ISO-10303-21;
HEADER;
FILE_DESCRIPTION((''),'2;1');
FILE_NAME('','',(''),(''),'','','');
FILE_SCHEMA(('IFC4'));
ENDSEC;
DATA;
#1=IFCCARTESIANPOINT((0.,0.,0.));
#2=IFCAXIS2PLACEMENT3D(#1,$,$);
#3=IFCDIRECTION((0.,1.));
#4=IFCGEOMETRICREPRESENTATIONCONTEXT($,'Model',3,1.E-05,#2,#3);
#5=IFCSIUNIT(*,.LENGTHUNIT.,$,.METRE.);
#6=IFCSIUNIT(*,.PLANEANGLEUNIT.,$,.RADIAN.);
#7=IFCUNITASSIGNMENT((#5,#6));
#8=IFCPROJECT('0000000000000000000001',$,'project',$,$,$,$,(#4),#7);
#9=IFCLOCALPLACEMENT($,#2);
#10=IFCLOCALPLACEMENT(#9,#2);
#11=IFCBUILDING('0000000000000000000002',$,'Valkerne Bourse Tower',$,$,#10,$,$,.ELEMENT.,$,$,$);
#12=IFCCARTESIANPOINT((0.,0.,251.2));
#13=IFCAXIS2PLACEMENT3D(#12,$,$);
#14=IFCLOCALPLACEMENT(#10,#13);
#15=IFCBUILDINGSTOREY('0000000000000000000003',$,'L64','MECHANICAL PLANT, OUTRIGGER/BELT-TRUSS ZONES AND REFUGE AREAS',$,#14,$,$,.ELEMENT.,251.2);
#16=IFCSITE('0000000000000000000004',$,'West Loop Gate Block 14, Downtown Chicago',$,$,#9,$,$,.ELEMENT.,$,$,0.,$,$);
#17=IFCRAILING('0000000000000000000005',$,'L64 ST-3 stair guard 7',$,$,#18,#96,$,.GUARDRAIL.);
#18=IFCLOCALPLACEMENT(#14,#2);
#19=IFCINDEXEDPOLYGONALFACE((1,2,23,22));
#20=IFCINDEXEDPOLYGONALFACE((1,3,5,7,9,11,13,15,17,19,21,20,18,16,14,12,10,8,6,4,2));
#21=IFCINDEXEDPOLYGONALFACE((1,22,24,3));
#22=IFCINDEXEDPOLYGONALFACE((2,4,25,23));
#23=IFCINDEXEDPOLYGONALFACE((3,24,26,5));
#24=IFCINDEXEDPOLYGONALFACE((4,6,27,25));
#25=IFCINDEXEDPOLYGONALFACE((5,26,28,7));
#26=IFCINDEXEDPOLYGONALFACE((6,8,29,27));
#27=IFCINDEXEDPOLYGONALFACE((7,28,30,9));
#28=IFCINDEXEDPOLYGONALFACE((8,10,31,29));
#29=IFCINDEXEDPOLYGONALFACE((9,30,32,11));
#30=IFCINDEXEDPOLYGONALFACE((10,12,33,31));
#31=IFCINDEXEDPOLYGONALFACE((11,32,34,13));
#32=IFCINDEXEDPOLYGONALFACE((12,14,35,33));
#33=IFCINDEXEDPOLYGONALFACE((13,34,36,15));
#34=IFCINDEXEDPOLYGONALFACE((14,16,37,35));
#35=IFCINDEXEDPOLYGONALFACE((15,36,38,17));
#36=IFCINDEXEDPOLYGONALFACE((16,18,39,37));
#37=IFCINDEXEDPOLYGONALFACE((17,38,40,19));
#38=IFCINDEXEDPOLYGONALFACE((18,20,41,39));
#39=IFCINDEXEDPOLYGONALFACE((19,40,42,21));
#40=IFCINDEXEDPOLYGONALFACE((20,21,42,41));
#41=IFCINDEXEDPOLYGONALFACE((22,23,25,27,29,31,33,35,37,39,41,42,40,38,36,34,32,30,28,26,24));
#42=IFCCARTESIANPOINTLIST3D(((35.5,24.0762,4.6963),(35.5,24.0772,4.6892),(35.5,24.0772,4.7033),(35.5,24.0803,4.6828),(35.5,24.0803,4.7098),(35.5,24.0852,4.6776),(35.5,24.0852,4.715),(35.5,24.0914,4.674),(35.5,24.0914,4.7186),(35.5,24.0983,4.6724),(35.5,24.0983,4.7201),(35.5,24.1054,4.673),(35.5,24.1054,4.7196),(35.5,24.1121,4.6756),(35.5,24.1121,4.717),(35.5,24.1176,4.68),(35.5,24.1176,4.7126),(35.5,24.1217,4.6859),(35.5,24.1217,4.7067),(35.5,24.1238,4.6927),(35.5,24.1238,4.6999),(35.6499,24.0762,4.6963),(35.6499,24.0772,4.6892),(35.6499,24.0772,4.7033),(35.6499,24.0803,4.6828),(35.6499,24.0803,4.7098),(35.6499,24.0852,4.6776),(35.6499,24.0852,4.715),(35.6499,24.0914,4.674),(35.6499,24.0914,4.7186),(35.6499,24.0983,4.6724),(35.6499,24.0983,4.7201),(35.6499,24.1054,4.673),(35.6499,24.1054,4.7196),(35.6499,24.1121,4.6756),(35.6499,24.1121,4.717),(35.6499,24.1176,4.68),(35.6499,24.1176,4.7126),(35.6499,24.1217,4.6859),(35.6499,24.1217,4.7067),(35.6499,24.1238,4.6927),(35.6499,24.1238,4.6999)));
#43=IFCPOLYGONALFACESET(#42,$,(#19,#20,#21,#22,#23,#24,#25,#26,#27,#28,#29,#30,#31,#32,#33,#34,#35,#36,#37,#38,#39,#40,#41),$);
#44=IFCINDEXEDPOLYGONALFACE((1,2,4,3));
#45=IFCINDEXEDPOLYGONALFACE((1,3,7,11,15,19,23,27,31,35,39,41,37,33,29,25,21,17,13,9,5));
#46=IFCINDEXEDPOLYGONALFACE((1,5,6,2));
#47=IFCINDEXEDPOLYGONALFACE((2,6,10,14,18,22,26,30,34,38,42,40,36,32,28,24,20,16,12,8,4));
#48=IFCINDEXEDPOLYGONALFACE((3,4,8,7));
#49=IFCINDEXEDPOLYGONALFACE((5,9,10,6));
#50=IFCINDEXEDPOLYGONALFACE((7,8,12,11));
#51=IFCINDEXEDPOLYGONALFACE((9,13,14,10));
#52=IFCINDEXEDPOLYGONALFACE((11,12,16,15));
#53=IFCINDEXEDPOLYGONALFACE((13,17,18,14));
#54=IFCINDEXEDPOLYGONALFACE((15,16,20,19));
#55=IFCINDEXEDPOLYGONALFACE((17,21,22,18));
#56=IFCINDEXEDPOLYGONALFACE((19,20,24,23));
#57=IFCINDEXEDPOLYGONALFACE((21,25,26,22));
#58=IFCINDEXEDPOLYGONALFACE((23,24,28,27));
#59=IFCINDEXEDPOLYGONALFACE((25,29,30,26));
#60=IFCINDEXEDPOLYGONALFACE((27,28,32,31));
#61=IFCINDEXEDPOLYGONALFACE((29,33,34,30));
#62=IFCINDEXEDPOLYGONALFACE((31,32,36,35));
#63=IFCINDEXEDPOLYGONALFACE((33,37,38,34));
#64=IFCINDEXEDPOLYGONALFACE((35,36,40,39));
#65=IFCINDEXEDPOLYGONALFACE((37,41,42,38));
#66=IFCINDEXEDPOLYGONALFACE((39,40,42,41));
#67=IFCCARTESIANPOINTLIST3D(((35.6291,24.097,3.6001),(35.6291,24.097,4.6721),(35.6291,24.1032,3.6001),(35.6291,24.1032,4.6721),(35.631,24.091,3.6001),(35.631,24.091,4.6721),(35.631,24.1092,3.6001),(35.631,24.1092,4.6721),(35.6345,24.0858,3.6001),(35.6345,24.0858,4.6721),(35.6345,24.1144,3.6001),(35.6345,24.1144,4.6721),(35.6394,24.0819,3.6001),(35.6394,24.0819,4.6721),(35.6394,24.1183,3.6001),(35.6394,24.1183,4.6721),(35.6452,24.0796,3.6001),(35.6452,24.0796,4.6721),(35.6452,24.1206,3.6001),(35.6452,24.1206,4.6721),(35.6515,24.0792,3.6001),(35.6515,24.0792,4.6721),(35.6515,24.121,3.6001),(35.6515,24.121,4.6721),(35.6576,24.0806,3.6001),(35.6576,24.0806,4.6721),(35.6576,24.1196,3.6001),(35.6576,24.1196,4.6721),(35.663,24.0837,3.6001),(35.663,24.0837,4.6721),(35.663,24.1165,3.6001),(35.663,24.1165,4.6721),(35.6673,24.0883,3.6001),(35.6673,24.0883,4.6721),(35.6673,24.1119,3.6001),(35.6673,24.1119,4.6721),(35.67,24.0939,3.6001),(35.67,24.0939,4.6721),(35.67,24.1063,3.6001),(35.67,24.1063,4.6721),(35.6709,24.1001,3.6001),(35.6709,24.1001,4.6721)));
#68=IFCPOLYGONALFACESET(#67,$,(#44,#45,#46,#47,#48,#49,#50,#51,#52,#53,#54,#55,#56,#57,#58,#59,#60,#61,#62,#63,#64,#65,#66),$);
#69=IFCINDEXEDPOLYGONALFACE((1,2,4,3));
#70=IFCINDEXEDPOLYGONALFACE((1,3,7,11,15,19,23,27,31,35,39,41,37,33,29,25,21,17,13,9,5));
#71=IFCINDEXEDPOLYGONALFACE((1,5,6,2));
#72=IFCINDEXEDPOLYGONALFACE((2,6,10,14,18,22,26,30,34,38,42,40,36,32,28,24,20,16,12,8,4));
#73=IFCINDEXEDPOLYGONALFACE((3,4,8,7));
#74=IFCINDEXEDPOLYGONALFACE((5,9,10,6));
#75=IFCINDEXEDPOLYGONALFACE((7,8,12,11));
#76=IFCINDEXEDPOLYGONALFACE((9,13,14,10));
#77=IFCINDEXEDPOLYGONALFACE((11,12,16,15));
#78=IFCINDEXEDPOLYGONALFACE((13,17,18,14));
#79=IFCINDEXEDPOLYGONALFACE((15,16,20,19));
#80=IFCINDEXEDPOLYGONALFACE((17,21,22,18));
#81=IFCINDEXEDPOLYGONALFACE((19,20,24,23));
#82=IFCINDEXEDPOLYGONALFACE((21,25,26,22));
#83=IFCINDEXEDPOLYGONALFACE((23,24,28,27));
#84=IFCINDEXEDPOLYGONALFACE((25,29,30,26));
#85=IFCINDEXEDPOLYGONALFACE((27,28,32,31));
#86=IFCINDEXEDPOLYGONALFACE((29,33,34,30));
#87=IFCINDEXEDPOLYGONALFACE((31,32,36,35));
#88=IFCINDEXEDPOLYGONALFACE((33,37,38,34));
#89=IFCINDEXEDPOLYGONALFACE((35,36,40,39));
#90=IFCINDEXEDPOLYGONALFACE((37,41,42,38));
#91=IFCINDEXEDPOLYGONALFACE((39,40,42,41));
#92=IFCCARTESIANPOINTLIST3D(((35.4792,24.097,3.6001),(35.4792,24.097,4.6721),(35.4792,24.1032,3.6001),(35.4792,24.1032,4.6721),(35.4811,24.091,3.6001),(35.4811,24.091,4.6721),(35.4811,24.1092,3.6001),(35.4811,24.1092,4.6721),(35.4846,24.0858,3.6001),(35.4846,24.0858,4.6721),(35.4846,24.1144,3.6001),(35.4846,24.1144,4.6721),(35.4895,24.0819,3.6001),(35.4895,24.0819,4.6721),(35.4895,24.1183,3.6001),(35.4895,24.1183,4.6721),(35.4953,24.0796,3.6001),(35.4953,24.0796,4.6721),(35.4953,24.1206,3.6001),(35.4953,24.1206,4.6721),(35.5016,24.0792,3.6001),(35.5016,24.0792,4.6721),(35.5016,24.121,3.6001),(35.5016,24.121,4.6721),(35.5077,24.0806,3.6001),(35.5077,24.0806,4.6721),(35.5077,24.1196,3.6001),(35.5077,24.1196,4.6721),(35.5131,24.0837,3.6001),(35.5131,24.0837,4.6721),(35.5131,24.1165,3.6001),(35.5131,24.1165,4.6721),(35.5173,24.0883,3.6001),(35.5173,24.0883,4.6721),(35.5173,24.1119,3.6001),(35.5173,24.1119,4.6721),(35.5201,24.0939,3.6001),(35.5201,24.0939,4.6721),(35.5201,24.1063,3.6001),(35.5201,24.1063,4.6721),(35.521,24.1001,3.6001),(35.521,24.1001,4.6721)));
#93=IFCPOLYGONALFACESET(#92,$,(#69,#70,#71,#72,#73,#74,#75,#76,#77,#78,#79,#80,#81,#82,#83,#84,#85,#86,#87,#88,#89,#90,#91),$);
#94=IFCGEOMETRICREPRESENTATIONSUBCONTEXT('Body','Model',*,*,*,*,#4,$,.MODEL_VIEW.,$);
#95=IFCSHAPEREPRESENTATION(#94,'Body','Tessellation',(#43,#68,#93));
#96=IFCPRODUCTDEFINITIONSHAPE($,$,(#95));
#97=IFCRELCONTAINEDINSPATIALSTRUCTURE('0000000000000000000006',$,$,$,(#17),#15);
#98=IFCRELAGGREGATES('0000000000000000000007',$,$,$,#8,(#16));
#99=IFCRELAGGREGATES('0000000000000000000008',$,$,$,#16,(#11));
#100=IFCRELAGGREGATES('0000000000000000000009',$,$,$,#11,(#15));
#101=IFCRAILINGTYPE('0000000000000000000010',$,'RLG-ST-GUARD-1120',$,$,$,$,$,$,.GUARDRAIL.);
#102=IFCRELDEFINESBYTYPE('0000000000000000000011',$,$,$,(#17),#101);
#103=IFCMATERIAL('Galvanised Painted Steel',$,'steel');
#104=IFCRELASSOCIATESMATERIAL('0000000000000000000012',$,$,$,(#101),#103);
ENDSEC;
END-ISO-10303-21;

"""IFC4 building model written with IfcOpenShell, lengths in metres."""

from ifc_helpers import new_model, si_unit, direction, frame, origin, origin_2d, place, context, subcontext, project, spatial, circle, extrude, material, type_object, element, save


model = new_model("IFC4")

# Units and contexts
model_context = context("Model", 3, precision=1e-05, world=origin(), true_north=direction((0.0, 1.0)))
body_context = subcontext(model_context, "Body", "Model", "MODEL_VIEW")
ifc_project = project(units=[si_unit("LENGTHUNIT", "METRE"), si_unit("PLANEANGLEUNIT", "RADIAN")], contexts=[model_context])

# Site, building, storey
site_placement = place(None, origin())
site = spatial("IfcSite", under=ifc_project, at=site_placement, Name="West Loop Gate Block 14, Downtown Chicago", CompositionType="ELEMENT", RefElevation=0.0)
building_placement = place(site_placement, origin())
building = spatial("IfcBuilding", under=site, at=building_placement, Name="Valkerne Bourse Tower", CompositionType="ELEMENT")
storey_placement = place(building_placement, frame((0.0, 0.0, 251.2)))
storey = spatial("IfcBuildingStorey", under=building, at=storey_placement, Name="L64", Description="MECHANICAL PLANT, OUTRIGGER/BELT-TRUSS ZONES AND REFUGE AREAS", CompositionType="ELEMENT", Elevation=251.2)

# Railing
ifc_material_1 = material(Name="Galvanised Painted Steel", Category="steel")
railing_type_1 = type_object("IfcRailingType", Name="RLG-ST-GUARD-1120", PredefinedType="GUARDRAIL", material=ifc_material_1)
railing_1_placement = place(storey_placement, frame((35.6499, 24.1001, 3.6001)))
element("IfcRailing", 1, at=railing_1_placement, inside=storey, type_object=railing_type_1, Name="L64 ST-3 stair guard 7", PredefinedType="GUARDRAIL", context=body_context, shape_type="SweptSolid", body=[
    extrude(circle(Radius=0.0239, at=origin_2d()), frame((0.0, 0.0, 1.0962), z_axis=(-1.0, 0.0, 0.0), x_axis=(0.0, -1.0, 0.0)), (0.0, 0.0, 1.0), 0.1499),
    extrude(circle(Radius=0.021, at=origin_2d()), origin(), (0.0, 0.0, 1.0), 1.072),
    extrude(circle(Radius=0.021, at=origin_2d()), frame((-0.1499, 0.0, 0.0)), (0.0, 0.0, 1.0), 1.072),
])

save(model, "model.ifc")
